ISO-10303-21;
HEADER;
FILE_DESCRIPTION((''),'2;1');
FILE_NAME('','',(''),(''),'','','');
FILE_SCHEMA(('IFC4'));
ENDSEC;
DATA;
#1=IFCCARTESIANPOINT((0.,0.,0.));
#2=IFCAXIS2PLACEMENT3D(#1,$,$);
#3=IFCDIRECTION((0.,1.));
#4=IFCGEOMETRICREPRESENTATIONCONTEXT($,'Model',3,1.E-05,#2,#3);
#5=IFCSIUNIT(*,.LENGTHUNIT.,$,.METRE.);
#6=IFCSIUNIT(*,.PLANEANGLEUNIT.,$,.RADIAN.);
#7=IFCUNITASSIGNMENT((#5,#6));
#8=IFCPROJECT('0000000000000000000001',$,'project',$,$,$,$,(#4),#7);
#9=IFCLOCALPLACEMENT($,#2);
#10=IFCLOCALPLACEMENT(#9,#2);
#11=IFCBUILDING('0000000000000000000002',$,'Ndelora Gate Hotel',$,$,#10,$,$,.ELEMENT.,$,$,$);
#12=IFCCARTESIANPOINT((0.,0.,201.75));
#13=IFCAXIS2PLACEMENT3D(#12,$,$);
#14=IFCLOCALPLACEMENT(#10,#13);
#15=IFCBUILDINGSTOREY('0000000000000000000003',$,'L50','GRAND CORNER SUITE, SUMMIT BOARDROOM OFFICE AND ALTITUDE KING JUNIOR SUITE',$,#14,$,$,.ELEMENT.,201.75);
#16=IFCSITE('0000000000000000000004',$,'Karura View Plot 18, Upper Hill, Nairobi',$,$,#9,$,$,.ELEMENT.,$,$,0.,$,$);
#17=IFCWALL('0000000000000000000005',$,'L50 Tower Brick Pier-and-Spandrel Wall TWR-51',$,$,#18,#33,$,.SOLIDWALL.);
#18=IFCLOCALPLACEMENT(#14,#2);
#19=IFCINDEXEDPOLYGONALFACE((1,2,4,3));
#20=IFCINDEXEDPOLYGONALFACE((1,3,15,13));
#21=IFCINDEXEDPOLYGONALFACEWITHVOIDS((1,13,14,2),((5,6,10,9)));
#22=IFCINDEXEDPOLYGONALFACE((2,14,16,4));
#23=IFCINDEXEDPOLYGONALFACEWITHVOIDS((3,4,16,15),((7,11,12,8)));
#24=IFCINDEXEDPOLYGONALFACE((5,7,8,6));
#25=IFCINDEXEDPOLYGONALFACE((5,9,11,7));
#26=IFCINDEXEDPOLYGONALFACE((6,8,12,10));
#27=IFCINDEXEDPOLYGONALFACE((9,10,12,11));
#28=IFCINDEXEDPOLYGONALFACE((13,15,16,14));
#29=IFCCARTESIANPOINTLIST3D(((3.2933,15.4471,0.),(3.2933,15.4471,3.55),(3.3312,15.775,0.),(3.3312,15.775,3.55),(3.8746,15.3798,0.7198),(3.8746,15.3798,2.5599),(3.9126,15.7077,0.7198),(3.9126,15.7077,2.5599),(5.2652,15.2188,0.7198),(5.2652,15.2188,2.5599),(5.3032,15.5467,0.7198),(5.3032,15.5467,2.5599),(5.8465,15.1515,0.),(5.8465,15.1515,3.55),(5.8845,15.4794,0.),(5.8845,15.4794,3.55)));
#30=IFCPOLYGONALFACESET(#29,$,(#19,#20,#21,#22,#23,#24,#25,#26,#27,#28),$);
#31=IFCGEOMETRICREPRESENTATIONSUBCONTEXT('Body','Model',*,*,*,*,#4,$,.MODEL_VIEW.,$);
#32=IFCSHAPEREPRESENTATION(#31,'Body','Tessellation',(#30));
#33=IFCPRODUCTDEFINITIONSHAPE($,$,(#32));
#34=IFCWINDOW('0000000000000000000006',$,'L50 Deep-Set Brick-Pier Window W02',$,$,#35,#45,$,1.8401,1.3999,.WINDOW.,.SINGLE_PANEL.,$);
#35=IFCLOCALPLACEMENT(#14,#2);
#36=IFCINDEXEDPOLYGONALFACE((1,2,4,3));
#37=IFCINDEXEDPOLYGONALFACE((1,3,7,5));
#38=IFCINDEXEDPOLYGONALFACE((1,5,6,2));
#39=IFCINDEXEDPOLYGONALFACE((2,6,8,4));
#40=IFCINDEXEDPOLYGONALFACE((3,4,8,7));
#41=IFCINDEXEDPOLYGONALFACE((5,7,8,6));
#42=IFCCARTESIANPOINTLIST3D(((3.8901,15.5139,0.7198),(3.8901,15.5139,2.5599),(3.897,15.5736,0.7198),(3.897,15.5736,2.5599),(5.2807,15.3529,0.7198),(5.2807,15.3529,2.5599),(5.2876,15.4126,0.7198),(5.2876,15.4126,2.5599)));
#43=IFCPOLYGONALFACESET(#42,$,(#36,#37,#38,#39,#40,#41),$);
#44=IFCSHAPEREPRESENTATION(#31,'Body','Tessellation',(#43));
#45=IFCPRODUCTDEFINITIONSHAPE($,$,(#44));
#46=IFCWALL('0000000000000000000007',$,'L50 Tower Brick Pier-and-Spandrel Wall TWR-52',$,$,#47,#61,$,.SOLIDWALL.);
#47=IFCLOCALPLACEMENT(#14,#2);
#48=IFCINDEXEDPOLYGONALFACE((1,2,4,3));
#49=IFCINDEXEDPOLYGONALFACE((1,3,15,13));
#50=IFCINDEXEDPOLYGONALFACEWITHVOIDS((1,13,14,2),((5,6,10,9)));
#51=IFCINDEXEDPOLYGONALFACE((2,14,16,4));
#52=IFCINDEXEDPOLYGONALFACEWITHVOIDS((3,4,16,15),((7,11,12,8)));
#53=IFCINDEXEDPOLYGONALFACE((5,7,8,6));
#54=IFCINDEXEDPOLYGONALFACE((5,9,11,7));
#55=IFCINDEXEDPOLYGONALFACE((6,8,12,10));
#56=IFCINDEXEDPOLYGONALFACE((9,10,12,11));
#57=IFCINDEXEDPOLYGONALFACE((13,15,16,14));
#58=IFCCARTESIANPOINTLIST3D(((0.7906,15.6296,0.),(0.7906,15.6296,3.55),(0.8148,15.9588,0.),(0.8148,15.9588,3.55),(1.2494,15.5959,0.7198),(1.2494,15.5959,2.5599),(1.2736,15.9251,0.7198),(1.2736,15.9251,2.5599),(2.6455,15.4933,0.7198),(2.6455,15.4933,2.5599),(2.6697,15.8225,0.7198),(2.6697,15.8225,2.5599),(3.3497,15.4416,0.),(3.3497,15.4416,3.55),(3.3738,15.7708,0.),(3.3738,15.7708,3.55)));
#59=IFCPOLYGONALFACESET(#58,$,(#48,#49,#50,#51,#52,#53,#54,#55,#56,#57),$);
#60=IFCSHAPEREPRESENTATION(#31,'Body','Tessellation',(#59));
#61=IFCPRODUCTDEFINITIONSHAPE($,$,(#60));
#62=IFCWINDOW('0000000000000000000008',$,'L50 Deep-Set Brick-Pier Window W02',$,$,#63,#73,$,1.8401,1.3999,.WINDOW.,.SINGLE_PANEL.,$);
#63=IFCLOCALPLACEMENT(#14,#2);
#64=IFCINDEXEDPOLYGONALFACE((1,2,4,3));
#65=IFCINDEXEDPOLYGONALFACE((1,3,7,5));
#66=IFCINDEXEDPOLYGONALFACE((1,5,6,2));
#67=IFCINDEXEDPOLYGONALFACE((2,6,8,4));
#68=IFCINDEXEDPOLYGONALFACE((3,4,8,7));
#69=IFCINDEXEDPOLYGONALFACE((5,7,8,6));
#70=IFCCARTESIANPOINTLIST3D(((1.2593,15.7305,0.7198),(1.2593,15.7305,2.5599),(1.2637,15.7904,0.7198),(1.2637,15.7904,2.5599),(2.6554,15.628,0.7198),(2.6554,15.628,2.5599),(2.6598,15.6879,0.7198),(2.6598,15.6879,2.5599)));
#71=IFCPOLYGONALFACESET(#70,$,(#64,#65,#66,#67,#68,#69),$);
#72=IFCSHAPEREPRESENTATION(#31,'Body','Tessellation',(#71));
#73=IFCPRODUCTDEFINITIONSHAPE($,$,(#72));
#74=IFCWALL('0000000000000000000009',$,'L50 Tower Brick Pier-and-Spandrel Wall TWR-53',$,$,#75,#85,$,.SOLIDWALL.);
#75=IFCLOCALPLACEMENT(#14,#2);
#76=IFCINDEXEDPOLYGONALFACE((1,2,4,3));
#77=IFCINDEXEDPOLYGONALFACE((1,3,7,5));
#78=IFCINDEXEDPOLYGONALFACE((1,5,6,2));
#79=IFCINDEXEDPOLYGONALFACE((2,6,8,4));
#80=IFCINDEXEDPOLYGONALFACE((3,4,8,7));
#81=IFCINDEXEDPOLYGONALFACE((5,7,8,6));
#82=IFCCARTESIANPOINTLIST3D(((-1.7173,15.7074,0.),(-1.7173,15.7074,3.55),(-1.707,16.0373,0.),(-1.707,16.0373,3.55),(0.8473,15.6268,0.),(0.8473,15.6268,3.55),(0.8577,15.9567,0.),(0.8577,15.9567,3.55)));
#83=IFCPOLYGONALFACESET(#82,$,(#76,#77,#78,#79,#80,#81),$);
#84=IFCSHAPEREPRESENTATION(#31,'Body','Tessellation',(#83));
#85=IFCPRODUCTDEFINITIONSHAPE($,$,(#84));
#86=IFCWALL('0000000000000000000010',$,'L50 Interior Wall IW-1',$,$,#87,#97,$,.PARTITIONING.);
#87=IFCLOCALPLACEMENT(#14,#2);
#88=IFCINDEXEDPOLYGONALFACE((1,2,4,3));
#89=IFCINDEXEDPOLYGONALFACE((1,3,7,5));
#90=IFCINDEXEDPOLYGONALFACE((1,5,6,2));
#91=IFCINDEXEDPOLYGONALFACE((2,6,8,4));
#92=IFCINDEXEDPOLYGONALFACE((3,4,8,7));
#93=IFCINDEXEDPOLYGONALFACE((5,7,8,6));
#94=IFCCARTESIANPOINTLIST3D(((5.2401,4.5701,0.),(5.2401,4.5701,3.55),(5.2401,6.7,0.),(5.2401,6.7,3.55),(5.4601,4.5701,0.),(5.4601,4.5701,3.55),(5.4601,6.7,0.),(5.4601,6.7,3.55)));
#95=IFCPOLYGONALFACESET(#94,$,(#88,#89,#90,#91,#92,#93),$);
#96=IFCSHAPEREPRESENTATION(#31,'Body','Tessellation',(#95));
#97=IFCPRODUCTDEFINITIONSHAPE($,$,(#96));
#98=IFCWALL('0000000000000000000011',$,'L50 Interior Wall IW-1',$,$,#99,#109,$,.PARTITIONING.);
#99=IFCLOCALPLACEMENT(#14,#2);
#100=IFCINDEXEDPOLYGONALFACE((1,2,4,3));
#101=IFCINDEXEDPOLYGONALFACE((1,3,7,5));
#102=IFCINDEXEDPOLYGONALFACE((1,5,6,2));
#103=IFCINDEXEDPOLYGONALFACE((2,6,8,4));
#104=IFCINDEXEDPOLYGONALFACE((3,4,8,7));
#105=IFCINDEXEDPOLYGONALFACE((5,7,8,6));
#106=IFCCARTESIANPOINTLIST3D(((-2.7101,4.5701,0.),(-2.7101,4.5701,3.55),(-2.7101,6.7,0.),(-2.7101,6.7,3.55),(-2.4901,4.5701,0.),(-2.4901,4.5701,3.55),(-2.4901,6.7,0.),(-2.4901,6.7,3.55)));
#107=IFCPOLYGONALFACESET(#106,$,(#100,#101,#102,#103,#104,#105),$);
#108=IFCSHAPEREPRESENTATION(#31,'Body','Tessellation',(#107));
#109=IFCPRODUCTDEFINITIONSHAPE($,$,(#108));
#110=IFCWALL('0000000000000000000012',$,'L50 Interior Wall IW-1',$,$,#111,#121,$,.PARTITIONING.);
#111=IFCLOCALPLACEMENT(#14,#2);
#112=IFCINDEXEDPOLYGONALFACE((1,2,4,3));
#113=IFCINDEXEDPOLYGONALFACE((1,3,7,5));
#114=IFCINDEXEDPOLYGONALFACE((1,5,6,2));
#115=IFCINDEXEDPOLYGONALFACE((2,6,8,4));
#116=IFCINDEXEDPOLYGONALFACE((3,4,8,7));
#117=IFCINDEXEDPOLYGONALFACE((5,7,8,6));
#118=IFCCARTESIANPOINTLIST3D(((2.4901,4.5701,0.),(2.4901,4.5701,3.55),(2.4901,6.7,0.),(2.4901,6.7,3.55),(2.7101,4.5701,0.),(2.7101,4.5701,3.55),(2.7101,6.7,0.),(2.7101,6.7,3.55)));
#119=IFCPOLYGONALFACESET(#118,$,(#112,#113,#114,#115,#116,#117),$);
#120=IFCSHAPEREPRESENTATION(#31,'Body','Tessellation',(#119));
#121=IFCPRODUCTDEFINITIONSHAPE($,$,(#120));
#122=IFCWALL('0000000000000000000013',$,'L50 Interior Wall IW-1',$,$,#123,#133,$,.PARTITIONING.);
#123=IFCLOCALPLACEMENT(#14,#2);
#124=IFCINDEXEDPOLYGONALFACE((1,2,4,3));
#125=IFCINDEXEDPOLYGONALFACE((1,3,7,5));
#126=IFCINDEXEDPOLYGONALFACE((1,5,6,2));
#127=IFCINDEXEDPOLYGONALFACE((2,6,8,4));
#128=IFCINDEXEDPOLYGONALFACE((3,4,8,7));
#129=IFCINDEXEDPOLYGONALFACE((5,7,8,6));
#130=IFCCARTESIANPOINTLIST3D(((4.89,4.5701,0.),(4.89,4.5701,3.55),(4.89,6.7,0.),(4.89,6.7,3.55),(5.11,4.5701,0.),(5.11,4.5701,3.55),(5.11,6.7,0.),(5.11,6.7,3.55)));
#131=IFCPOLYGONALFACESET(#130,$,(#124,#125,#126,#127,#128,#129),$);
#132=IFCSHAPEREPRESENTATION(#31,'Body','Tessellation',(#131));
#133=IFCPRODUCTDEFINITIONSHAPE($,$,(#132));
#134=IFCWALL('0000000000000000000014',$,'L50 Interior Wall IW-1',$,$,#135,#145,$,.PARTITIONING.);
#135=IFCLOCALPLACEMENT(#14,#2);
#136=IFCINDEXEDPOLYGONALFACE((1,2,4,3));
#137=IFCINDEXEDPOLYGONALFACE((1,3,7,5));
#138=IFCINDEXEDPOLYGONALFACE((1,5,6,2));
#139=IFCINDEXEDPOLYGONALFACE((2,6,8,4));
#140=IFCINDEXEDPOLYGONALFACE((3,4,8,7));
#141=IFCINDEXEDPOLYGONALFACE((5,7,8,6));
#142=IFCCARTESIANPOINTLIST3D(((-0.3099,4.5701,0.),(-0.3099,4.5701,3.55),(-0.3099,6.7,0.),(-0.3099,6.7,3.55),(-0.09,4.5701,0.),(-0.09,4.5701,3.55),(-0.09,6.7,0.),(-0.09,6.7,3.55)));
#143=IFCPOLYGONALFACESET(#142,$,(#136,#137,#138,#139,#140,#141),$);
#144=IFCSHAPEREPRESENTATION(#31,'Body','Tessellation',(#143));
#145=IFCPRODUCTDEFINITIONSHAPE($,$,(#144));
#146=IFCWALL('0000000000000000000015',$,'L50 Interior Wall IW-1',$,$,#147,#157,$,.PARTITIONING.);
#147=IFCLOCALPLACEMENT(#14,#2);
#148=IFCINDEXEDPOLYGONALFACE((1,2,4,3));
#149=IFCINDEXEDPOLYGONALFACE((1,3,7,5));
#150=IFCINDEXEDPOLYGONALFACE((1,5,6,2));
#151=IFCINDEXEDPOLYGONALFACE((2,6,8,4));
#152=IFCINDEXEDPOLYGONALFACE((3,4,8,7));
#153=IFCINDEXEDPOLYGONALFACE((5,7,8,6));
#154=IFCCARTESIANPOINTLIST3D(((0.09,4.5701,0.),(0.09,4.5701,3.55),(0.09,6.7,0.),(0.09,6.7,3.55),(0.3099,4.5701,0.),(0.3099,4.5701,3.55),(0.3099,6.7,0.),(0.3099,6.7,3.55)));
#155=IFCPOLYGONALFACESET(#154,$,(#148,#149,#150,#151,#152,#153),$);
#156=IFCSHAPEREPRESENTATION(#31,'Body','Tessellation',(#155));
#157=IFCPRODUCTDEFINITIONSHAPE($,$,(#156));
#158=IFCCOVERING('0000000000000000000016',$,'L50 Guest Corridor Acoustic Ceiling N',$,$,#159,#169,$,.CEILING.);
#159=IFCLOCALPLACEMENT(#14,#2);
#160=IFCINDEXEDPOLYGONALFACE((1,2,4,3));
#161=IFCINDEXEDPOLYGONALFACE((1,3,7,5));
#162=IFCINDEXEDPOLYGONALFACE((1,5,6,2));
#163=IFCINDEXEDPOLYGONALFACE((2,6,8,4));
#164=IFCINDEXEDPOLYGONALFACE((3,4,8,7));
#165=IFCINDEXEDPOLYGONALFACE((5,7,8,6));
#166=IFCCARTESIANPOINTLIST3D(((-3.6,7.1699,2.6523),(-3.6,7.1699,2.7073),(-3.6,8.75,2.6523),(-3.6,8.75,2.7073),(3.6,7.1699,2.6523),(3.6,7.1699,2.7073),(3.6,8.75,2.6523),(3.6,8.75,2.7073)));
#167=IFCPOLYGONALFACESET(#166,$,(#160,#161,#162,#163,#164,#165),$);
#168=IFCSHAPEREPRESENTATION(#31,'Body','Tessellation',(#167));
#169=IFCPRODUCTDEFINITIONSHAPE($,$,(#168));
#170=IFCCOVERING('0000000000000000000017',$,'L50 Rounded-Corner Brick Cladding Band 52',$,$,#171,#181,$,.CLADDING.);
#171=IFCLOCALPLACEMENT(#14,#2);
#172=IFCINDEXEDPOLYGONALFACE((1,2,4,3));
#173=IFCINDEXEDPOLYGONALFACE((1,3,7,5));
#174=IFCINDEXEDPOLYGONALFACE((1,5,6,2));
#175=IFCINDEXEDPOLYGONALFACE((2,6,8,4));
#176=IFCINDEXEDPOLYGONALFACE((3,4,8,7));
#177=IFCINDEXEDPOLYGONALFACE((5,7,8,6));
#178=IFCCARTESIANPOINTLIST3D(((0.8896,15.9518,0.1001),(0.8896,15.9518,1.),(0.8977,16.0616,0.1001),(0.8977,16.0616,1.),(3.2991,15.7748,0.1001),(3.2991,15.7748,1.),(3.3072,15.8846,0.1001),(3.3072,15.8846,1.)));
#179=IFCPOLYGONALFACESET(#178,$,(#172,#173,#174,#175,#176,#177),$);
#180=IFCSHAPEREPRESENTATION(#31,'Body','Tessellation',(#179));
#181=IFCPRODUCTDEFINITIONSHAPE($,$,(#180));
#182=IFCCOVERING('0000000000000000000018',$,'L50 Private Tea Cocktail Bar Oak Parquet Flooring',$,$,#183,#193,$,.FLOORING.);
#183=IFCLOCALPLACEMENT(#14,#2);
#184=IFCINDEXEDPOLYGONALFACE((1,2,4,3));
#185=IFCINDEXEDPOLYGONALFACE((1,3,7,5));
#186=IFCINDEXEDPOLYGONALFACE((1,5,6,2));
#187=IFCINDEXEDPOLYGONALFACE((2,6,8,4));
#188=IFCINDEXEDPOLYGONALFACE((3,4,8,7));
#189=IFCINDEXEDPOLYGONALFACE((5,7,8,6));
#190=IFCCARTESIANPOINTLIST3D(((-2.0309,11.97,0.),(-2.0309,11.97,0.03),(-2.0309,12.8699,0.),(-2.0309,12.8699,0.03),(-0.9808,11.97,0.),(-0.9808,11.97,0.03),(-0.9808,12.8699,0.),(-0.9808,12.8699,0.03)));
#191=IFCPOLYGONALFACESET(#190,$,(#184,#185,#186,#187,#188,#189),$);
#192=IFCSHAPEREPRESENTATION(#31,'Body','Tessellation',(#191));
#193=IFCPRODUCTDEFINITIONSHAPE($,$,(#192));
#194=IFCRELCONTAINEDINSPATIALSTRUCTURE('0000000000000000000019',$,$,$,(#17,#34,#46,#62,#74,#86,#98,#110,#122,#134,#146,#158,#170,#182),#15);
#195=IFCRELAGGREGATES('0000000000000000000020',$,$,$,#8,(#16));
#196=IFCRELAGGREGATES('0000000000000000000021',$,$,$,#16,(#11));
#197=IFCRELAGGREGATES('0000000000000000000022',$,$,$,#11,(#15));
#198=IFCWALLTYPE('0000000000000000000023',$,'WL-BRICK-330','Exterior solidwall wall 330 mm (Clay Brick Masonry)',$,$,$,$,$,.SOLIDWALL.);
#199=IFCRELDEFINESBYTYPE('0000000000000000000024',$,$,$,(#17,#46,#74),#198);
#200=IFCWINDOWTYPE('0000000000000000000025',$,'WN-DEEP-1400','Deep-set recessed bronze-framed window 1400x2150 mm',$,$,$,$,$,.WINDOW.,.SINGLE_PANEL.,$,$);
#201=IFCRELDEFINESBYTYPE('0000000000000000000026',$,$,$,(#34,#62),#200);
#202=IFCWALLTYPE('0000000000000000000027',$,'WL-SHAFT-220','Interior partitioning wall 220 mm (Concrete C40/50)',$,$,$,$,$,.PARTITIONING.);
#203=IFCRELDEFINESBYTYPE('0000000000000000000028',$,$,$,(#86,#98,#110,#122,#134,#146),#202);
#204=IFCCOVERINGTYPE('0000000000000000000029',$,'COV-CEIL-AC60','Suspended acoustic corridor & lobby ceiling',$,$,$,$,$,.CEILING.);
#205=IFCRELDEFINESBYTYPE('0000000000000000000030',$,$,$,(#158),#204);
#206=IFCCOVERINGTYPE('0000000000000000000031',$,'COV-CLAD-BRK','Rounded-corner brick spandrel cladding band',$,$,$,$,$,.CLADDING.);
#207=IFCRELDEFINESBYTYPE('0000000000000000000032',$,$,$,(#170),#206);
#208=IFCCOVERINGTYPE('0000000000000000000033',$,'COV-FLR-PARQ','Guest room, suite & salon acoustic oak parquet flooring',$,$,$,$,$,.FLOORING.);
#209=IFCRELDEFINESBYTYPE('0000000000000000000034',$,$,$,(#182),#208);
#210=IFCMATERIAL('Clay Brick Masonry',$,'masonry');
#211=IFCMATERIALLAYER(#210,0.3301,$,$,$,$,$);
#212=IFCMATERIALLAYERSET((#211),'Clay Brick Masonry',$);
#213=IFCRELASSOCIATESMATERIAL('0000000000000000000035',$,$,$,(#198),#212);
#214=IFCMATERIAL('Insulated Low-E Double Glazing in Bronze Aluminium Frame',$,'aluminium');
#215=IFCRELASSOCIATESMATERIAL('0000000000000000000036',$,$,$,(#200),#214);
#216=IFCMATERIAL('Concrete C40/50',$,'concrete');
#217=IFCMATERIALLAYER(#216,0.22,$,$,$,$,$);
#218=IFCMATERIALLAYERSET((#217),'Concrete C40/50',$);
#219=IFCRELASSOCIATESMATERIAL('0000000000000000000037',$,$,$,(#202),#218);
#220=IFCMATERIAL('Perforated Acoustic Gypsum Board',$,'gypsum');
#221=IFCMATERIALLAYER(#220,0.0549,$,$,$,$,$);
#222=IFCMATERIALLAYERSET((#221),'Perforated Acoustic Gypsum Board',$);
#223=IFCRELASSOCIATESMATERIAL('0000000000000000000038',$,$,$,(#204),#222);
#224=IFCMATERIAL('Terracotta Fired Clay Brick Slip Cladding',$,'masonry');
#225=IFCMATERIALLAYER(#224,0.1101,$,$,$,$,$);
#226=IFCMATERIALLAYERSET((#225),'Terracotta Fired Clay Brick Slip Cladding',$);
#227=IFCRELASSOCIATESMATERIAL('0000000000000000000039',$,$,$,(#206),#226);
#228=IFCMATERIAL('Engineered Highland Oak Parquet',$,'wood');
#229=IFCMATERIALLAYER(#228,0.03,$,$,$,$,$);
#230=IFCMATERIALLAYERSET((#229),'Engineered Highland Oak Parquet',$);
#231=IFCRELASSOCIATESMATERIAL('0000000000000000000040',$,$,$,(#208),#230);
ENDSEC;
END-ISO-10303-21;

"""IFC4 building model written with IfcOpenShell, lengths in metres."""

from ifc_helpers import new_model, si_unit, direction, frame, frame_2d, origin, origin_2d, place, context, subcontext, project, spatial, rectangle, extrude, material, layer, layer_set, type_object, element, fill, save


model = new_model("IFC4")

# Units and contexts
model_context = context("Model", 3, precision=1e-05, world=origin(), true_north=direction((0.0, 1.0)))
body_context = subcontext(model_context, "Body", "Model", "MODEL_VIEW")
ifc_project = project(units=[si_unit("LENGTHUNIT", "METRE"), si_unit("PLANEANGLEUNIT", "RADIAN")], contexts=[model_context])

# Site, building, storey
site_placement = place(None, origin())
site = spatial("IfcSite", under=ifc_project, at=site_placement, Name="Karura View Plot 18, Upper Hill, Nairobi", CompositionType="ELEMENT", RefElevation=0.0)
building_placement = place(site_placement, origin())
building = spatial("IfcBuilding", under=site, at=building_placement, Name="Ndelora Gate Hotel", CompositionType="ELEMENT")
storey_placement = place(building_placement, frame((0.0, 0.0, 201.75)))
storey = spatial("IfcBuildingStorey", under=building, at=storey_placement, Name="L50", Description="GRAND CORNER SUITE, SUMMIT BOARDROOM OFFICE AND ALTITUDE KING JUNIOR SUITE", CompositionType="ELEMENT", Elevation=201.75)

# Walls, openings, windows
ifc_material_1 = material(Name="Clay Brick Masonry", Category="masonry")
ifc_layer_1 = layer(ifc_material_1, 0.3301)
ifc_layer_set_1 = layer_set([ifc_layer_1], Name="Clay Brick Masonry")
wall_type_1 = type_object("IfcWallType", Name="WL-BRICK-330", Description="Exterior solidwall wall 330 mm (Clay Brick Masonry)", PredefinedType="SOLIDWALL", material=ifc_layer_set_1)
ifc_material_2 = material(Name="Insulated Low-E Double Glazing in Bronze Aluminium Frame", Category="aluminium")
window_type = type_object("IfcWindowType", Name="WN-DEEP-1400", Description="Deep-set recessed bronze-framed window 1400x2150 mm", PartitioningType="SINGLE_PANEL", PredefinedType="WINDOW", material=ifc_material_2)
wall_1_placement = place(storey_placement, frame((3.3123, 15.6111, 0.0), z_axis=(0.0, 0.0, 1.0), x_axis=(0.993362, -0.115028, 0.0)))
wall_1 = element("IfcWall", 1, at=wall_1_placement, inside=storey, type_object=wall_type_1, Name="L50 Tower Brick Pier-and-Spandrel Wall TWR-51", PredefinedType="SOLIDWALL", context=body_context, shape_type="SweptSolid", body=[
    extrude(rectangle(XDim=2.5703, YDim=0.3301, at=frame_2d((1.2852, 0.0))), origin(), (0.0, 0.0, 1.0), 3.55),
])
opening_1_placement = place(wall_1_placement, frame((0.5852, 0.0, 0.72)))
opening_1 = element("IfcOpeningElement", 2, at=opening_1_placement, cuts=wall_1, PredefinedType="OPENING", context=body_context, shape_type="SweptSolid", body=[
    extrude(rectangle(XDim=1.3999, YDim=1.8401, at=frame_2d((0.7, 0.9199))), frame((0.0, 0.175, 0.0), z_axis=(0.0, -1.0, 0.0), x_axis=(1.0, 0.0, 0.0)), (0.0, 0.0, 1.0), 0.3501),
])
window_1_placement = place(opening_1_placement, origin())
window_1 = element("IfcWindow", 3, at=window_1_placement, inside=storey, type_object=window_type, Name="L50 Deep-Set Brick-Pier Window W02", OverallHeight=1.8401, OverallWidth=1.3999, PartitioningType="SINGLE_PANEL", PredefinedType="WINDOW", context=body_context, shape_type="SweptSolid", body=[
    extrude(rectangle(XDim=1.3999, YDim=1.8401, at=frame_2d((0.7, 0.9199))), frame((0.0, 0.03, 0.0), z_axis=(0.0, -1.0, 0.0), x_axis=(1.0, 0.0, 0.0)), (0.0, 0.0, 1.0), 0.0601),
])
fill(opening_1, window_1)
wall_2_placement = place(storey_placement, frame((0.8027, 15.7942, 0.0), z_axis=(0.0, 0.0, 1.0), x_axis=(0.997313, -0.073262, 0.0)))
wall_2 = element("IfcWall", 4, at=wall_2_placement, inside=storey, type_object=wall_type_1, Name="L50 Tower Brick Pier-and-Spandrel Wall TWR-52", PredefinedType="SOLIDWALL", context=body_context, shape_type="SweptSolid", body=[
    extrude(rectangle(XDim=2.5659, YDim=0.3301, at=frame_2d((1.283, 0.0))), origin(), (0.0, 0.0, 1.0), 3.55),
])
opening_2_placement = place(wall_2_placement, frame((0.46, 0.0, 0.72)))
opening_2 = element("IfcOpeningElement", 5, at=opening_2_placement, cuts=wall_2, PredefinedType="OPENING", context=body_context, shape_type="SweptSolid", body=[
    extrude(rectangle(XDim=1.3999, YDim=1.8401, at=frame_2d((0.7, 0.9199))), frame((0.0, 0.175, 0.0), z_axis=(0.0, -1.0, 0.0), x_axis=(1.0, 0.0, 0.0)), (0.0, 0.0, 1.0), 0.3501),
])
window_2_placement = place(opening_2_placement, origin())
window_2 = element("IfcWindow", 6, at=window_2_placement, inside=storey, type_object=window_type, Name="L50 Deep-Set Brick-Pier Window W02", OverallHeight=1.8401, OverallWidth=1.3999, PartitioningType="SINGLE_PANEL", PredefinedType="WINDOW", context=body_context, shape_type="SweptSolid", body=[
    extrude(rectangle(XDim=1.3999, YDim=1.8401, at=frame_2d((0.7, 0.9199))), frame((0.0, 0.03, 0.0), z_axis=(0.0, -1.0, 0.0), x_axis=(1.0, 0.0, 0.0)), (0.0, 0.0, 1.0), 0.0601),
])
fill(opening_2, window_2)

# Walls
wall_3_placement = place(storey_placement, frame((-1.7122, 15.8723, 0.0), z_axis=(0.0, 0.0, 1.0), x_axis=(0.999507, -0.031398, 0.0)))
element("IfcWall", 7, at=wall_3_placement, inside=storey, type_object=wall_type_1, Name="L50 Tower Brick Pier-and-Spandrel Wall TWR-53", PredefinedType="SOLIDWALL", context=body_context, shape_type="SweptSolid", body=[
    extrude(rectangle(XDim=2.5659, YDim=0.3301, at=frame_2d((1.283, 0.0))), origin(), (0.0, 0.0, 1.0), 3.55),
])
ifc_material_3 = material(Name="Concrete C40/50", Category="concrete")
ifc_layer_2 = layer(ifc_material_3, 0.22)
ifc_layer_set_2 = layer_set([ifc_layer_2], Name="Concrete C40/50")
wall_type_2 = type_object("IfcWallType", Name="WL-SHAFT-220", Description="Interior partitioning wall 220 mm (Concrete C40/50)", PredefinedType="PARTITIONING", material=ifc_layer_set_2)
for number, where, z_axis, x_axis, name in (
    (8, (5.3501, 4.5701, 0.0), (0.0, 0.0, 1.0), (0.0, 1.0, 0.0), "L50 Interior Wall IW-1"),
    (9, (-2.6001, 4.5701, 0.0), (0.0, 0.0, 1.0), (0.0, 1.0, 0.0), "L50 Interior Wall IW-1"),
    (10, (2.6001, 4.5701, 0.0), (0.0, 0.0, 1.0), (0.0, 1.0, 0.0), "L50 Interior Wall IW-1"),
    (11, (5.0, 4.5701, 0.0), (0.0, 0.0, 1.0), (0.0, 1.0, 0.0), "L50 Interior Wall IW-1"),
    (12, (-0.2, 4.5701, 0.0), (0.0, 0.0, 1.0), (0.0, 1.0, 0.0), "L50 Interior Wall IW-1"),
    (13, (0.2, 4.5701, 0.0), (0.0, 0.0, 1.0), (0.0, 1.0, 0.0), "L50 Interior Wall IW-1"),
):
    element("IfcWall", number, at=place(storey_placement, frame(where, z_axis=z_axis, x_axis=x_axis)), inside=storey, type_object=wall_type_2, Name=name, PredefinedType="PARTITIONING", context=body_context, shape_type="SweptSolid", body=[
        extrude(rectangle(XDim=2.1299, YDim=0.22, at=frame_2d((1.0649, 0.0))), origin(), (0.0, 0.0, 1.0), 3.55),
    ])

# Coverings
ifc_material_4 = material(Name="Perforated Acoustic Gypsum Board", Category="gypsum")
ifc_layer_3 = layer(ifc_material_4, 0.0549)
ifc_layer_set_3 = layer_set([ifc_layer_3], Name="Perforated Acoustic Gypsum Board")
covering_type_1 = type_object("IfcCoveringType", Name="COV-CEIL-AC60", Description="Suspended acoustic corridor & lobby ceiling", PredefinedType="CEILING", material=ifc_layer_set_3)
covering_1_placement = place(storey_placement, frame((0.0, 7.96, 2.6523), z_axis=(0.0, 0.0, 1.0), x_axis=(1.0, 0.0, 0.0)))
element("IfcCovering", 14, at=covering_1_placement, inside=storey, type_object=covering_type_1, Name="L50 Guest Corridor Acoustic Ceiling N", PredefinedType="CEILING", context=body_context, shape_type="SweptSolid", body=[
    extrude(rectangle(XDim=7.2, YDim=1.5801, at=origin_2d()), origin(), (0.0, 0.0, 1.0), 0.0549),
])
ifc_material_5 = material(Name="Terracotta Fired Clay Brick Slip Cladding", Category="masonry")
ifc_layer_4 = layer(ifc_material_5, 0.1101)
ifc_layer_set_4 = layer_set([ifc_layer_4], Name="Terracotta Fired Clay Brick Slip Cladding")
covering_type_2 = type_object("IfcCoveringType", Name="COV-CLAD-BRK", Description="Rounded-corner brick spandrel cladding band", PredefinedType="CLADDING", material=ifc_layer_set_4)
covering_2_placement = place(storey_placement, frame((2.0984, 15.9182, 0.1001), z_axis=(0.0, 0.0, 1.0), x_axis=(-0.997314, 0.073238, 0.0)))
element("IfcCovering", 15, at=covering_2_placement, inside=storey, type_object=covering_type_2, Name="L50 Rounded-Corner Brick Cladding Band 52", PredefinedType="CLADDING", context=body_context, shape_type="SweptSolid", body=[
    extrude(rectangle(XDim=2.416, YDim=0.1101, at=origin_2d()), origin(), (0.0, 0.0, 1.0), 0.8999),
])
ifc_material_6 = material(Name="Engineered Highland Oak Parquet", Category="wood")
ifc_layer_5 = layer(ifc_material_6, 0.03)
ifc_layer_set_5 = layer_set([ifc_layer_5], Name="Engineered Highland Oak Parquet")
covering_type_3 = type_object("IfcCoveringType", Name="COV-FLR-PARQ", Description="Guest room, suite & salon acoustic oak parquet flooring", PredefinedType="FLOORING", material=ifc_layer_set_5)
covering_3_placement = place(storey_placement, frame((-1.5059, 12.4199, 0.0), z_axis=(0.0, 0.0, 1.0), x_axis=(1.0, 0.0, 0.0)))
element("IfcCovering", 16, at=covering_3_placement, inside=storey, type_object=covering_type_3, Name="L50 Private Tea Cocktail Bar Oak Parquet Flooring", PredefinedType="FLOORING", context=body_context, shape_type="SweptSolid", body=[
    extrude(rectangle(XDim=1.05, YDim=0.8999, at=origin_2d()), origin(), (0.0, 0.0, 1.0), 0.03),
])

save(model, "model.ifc")
